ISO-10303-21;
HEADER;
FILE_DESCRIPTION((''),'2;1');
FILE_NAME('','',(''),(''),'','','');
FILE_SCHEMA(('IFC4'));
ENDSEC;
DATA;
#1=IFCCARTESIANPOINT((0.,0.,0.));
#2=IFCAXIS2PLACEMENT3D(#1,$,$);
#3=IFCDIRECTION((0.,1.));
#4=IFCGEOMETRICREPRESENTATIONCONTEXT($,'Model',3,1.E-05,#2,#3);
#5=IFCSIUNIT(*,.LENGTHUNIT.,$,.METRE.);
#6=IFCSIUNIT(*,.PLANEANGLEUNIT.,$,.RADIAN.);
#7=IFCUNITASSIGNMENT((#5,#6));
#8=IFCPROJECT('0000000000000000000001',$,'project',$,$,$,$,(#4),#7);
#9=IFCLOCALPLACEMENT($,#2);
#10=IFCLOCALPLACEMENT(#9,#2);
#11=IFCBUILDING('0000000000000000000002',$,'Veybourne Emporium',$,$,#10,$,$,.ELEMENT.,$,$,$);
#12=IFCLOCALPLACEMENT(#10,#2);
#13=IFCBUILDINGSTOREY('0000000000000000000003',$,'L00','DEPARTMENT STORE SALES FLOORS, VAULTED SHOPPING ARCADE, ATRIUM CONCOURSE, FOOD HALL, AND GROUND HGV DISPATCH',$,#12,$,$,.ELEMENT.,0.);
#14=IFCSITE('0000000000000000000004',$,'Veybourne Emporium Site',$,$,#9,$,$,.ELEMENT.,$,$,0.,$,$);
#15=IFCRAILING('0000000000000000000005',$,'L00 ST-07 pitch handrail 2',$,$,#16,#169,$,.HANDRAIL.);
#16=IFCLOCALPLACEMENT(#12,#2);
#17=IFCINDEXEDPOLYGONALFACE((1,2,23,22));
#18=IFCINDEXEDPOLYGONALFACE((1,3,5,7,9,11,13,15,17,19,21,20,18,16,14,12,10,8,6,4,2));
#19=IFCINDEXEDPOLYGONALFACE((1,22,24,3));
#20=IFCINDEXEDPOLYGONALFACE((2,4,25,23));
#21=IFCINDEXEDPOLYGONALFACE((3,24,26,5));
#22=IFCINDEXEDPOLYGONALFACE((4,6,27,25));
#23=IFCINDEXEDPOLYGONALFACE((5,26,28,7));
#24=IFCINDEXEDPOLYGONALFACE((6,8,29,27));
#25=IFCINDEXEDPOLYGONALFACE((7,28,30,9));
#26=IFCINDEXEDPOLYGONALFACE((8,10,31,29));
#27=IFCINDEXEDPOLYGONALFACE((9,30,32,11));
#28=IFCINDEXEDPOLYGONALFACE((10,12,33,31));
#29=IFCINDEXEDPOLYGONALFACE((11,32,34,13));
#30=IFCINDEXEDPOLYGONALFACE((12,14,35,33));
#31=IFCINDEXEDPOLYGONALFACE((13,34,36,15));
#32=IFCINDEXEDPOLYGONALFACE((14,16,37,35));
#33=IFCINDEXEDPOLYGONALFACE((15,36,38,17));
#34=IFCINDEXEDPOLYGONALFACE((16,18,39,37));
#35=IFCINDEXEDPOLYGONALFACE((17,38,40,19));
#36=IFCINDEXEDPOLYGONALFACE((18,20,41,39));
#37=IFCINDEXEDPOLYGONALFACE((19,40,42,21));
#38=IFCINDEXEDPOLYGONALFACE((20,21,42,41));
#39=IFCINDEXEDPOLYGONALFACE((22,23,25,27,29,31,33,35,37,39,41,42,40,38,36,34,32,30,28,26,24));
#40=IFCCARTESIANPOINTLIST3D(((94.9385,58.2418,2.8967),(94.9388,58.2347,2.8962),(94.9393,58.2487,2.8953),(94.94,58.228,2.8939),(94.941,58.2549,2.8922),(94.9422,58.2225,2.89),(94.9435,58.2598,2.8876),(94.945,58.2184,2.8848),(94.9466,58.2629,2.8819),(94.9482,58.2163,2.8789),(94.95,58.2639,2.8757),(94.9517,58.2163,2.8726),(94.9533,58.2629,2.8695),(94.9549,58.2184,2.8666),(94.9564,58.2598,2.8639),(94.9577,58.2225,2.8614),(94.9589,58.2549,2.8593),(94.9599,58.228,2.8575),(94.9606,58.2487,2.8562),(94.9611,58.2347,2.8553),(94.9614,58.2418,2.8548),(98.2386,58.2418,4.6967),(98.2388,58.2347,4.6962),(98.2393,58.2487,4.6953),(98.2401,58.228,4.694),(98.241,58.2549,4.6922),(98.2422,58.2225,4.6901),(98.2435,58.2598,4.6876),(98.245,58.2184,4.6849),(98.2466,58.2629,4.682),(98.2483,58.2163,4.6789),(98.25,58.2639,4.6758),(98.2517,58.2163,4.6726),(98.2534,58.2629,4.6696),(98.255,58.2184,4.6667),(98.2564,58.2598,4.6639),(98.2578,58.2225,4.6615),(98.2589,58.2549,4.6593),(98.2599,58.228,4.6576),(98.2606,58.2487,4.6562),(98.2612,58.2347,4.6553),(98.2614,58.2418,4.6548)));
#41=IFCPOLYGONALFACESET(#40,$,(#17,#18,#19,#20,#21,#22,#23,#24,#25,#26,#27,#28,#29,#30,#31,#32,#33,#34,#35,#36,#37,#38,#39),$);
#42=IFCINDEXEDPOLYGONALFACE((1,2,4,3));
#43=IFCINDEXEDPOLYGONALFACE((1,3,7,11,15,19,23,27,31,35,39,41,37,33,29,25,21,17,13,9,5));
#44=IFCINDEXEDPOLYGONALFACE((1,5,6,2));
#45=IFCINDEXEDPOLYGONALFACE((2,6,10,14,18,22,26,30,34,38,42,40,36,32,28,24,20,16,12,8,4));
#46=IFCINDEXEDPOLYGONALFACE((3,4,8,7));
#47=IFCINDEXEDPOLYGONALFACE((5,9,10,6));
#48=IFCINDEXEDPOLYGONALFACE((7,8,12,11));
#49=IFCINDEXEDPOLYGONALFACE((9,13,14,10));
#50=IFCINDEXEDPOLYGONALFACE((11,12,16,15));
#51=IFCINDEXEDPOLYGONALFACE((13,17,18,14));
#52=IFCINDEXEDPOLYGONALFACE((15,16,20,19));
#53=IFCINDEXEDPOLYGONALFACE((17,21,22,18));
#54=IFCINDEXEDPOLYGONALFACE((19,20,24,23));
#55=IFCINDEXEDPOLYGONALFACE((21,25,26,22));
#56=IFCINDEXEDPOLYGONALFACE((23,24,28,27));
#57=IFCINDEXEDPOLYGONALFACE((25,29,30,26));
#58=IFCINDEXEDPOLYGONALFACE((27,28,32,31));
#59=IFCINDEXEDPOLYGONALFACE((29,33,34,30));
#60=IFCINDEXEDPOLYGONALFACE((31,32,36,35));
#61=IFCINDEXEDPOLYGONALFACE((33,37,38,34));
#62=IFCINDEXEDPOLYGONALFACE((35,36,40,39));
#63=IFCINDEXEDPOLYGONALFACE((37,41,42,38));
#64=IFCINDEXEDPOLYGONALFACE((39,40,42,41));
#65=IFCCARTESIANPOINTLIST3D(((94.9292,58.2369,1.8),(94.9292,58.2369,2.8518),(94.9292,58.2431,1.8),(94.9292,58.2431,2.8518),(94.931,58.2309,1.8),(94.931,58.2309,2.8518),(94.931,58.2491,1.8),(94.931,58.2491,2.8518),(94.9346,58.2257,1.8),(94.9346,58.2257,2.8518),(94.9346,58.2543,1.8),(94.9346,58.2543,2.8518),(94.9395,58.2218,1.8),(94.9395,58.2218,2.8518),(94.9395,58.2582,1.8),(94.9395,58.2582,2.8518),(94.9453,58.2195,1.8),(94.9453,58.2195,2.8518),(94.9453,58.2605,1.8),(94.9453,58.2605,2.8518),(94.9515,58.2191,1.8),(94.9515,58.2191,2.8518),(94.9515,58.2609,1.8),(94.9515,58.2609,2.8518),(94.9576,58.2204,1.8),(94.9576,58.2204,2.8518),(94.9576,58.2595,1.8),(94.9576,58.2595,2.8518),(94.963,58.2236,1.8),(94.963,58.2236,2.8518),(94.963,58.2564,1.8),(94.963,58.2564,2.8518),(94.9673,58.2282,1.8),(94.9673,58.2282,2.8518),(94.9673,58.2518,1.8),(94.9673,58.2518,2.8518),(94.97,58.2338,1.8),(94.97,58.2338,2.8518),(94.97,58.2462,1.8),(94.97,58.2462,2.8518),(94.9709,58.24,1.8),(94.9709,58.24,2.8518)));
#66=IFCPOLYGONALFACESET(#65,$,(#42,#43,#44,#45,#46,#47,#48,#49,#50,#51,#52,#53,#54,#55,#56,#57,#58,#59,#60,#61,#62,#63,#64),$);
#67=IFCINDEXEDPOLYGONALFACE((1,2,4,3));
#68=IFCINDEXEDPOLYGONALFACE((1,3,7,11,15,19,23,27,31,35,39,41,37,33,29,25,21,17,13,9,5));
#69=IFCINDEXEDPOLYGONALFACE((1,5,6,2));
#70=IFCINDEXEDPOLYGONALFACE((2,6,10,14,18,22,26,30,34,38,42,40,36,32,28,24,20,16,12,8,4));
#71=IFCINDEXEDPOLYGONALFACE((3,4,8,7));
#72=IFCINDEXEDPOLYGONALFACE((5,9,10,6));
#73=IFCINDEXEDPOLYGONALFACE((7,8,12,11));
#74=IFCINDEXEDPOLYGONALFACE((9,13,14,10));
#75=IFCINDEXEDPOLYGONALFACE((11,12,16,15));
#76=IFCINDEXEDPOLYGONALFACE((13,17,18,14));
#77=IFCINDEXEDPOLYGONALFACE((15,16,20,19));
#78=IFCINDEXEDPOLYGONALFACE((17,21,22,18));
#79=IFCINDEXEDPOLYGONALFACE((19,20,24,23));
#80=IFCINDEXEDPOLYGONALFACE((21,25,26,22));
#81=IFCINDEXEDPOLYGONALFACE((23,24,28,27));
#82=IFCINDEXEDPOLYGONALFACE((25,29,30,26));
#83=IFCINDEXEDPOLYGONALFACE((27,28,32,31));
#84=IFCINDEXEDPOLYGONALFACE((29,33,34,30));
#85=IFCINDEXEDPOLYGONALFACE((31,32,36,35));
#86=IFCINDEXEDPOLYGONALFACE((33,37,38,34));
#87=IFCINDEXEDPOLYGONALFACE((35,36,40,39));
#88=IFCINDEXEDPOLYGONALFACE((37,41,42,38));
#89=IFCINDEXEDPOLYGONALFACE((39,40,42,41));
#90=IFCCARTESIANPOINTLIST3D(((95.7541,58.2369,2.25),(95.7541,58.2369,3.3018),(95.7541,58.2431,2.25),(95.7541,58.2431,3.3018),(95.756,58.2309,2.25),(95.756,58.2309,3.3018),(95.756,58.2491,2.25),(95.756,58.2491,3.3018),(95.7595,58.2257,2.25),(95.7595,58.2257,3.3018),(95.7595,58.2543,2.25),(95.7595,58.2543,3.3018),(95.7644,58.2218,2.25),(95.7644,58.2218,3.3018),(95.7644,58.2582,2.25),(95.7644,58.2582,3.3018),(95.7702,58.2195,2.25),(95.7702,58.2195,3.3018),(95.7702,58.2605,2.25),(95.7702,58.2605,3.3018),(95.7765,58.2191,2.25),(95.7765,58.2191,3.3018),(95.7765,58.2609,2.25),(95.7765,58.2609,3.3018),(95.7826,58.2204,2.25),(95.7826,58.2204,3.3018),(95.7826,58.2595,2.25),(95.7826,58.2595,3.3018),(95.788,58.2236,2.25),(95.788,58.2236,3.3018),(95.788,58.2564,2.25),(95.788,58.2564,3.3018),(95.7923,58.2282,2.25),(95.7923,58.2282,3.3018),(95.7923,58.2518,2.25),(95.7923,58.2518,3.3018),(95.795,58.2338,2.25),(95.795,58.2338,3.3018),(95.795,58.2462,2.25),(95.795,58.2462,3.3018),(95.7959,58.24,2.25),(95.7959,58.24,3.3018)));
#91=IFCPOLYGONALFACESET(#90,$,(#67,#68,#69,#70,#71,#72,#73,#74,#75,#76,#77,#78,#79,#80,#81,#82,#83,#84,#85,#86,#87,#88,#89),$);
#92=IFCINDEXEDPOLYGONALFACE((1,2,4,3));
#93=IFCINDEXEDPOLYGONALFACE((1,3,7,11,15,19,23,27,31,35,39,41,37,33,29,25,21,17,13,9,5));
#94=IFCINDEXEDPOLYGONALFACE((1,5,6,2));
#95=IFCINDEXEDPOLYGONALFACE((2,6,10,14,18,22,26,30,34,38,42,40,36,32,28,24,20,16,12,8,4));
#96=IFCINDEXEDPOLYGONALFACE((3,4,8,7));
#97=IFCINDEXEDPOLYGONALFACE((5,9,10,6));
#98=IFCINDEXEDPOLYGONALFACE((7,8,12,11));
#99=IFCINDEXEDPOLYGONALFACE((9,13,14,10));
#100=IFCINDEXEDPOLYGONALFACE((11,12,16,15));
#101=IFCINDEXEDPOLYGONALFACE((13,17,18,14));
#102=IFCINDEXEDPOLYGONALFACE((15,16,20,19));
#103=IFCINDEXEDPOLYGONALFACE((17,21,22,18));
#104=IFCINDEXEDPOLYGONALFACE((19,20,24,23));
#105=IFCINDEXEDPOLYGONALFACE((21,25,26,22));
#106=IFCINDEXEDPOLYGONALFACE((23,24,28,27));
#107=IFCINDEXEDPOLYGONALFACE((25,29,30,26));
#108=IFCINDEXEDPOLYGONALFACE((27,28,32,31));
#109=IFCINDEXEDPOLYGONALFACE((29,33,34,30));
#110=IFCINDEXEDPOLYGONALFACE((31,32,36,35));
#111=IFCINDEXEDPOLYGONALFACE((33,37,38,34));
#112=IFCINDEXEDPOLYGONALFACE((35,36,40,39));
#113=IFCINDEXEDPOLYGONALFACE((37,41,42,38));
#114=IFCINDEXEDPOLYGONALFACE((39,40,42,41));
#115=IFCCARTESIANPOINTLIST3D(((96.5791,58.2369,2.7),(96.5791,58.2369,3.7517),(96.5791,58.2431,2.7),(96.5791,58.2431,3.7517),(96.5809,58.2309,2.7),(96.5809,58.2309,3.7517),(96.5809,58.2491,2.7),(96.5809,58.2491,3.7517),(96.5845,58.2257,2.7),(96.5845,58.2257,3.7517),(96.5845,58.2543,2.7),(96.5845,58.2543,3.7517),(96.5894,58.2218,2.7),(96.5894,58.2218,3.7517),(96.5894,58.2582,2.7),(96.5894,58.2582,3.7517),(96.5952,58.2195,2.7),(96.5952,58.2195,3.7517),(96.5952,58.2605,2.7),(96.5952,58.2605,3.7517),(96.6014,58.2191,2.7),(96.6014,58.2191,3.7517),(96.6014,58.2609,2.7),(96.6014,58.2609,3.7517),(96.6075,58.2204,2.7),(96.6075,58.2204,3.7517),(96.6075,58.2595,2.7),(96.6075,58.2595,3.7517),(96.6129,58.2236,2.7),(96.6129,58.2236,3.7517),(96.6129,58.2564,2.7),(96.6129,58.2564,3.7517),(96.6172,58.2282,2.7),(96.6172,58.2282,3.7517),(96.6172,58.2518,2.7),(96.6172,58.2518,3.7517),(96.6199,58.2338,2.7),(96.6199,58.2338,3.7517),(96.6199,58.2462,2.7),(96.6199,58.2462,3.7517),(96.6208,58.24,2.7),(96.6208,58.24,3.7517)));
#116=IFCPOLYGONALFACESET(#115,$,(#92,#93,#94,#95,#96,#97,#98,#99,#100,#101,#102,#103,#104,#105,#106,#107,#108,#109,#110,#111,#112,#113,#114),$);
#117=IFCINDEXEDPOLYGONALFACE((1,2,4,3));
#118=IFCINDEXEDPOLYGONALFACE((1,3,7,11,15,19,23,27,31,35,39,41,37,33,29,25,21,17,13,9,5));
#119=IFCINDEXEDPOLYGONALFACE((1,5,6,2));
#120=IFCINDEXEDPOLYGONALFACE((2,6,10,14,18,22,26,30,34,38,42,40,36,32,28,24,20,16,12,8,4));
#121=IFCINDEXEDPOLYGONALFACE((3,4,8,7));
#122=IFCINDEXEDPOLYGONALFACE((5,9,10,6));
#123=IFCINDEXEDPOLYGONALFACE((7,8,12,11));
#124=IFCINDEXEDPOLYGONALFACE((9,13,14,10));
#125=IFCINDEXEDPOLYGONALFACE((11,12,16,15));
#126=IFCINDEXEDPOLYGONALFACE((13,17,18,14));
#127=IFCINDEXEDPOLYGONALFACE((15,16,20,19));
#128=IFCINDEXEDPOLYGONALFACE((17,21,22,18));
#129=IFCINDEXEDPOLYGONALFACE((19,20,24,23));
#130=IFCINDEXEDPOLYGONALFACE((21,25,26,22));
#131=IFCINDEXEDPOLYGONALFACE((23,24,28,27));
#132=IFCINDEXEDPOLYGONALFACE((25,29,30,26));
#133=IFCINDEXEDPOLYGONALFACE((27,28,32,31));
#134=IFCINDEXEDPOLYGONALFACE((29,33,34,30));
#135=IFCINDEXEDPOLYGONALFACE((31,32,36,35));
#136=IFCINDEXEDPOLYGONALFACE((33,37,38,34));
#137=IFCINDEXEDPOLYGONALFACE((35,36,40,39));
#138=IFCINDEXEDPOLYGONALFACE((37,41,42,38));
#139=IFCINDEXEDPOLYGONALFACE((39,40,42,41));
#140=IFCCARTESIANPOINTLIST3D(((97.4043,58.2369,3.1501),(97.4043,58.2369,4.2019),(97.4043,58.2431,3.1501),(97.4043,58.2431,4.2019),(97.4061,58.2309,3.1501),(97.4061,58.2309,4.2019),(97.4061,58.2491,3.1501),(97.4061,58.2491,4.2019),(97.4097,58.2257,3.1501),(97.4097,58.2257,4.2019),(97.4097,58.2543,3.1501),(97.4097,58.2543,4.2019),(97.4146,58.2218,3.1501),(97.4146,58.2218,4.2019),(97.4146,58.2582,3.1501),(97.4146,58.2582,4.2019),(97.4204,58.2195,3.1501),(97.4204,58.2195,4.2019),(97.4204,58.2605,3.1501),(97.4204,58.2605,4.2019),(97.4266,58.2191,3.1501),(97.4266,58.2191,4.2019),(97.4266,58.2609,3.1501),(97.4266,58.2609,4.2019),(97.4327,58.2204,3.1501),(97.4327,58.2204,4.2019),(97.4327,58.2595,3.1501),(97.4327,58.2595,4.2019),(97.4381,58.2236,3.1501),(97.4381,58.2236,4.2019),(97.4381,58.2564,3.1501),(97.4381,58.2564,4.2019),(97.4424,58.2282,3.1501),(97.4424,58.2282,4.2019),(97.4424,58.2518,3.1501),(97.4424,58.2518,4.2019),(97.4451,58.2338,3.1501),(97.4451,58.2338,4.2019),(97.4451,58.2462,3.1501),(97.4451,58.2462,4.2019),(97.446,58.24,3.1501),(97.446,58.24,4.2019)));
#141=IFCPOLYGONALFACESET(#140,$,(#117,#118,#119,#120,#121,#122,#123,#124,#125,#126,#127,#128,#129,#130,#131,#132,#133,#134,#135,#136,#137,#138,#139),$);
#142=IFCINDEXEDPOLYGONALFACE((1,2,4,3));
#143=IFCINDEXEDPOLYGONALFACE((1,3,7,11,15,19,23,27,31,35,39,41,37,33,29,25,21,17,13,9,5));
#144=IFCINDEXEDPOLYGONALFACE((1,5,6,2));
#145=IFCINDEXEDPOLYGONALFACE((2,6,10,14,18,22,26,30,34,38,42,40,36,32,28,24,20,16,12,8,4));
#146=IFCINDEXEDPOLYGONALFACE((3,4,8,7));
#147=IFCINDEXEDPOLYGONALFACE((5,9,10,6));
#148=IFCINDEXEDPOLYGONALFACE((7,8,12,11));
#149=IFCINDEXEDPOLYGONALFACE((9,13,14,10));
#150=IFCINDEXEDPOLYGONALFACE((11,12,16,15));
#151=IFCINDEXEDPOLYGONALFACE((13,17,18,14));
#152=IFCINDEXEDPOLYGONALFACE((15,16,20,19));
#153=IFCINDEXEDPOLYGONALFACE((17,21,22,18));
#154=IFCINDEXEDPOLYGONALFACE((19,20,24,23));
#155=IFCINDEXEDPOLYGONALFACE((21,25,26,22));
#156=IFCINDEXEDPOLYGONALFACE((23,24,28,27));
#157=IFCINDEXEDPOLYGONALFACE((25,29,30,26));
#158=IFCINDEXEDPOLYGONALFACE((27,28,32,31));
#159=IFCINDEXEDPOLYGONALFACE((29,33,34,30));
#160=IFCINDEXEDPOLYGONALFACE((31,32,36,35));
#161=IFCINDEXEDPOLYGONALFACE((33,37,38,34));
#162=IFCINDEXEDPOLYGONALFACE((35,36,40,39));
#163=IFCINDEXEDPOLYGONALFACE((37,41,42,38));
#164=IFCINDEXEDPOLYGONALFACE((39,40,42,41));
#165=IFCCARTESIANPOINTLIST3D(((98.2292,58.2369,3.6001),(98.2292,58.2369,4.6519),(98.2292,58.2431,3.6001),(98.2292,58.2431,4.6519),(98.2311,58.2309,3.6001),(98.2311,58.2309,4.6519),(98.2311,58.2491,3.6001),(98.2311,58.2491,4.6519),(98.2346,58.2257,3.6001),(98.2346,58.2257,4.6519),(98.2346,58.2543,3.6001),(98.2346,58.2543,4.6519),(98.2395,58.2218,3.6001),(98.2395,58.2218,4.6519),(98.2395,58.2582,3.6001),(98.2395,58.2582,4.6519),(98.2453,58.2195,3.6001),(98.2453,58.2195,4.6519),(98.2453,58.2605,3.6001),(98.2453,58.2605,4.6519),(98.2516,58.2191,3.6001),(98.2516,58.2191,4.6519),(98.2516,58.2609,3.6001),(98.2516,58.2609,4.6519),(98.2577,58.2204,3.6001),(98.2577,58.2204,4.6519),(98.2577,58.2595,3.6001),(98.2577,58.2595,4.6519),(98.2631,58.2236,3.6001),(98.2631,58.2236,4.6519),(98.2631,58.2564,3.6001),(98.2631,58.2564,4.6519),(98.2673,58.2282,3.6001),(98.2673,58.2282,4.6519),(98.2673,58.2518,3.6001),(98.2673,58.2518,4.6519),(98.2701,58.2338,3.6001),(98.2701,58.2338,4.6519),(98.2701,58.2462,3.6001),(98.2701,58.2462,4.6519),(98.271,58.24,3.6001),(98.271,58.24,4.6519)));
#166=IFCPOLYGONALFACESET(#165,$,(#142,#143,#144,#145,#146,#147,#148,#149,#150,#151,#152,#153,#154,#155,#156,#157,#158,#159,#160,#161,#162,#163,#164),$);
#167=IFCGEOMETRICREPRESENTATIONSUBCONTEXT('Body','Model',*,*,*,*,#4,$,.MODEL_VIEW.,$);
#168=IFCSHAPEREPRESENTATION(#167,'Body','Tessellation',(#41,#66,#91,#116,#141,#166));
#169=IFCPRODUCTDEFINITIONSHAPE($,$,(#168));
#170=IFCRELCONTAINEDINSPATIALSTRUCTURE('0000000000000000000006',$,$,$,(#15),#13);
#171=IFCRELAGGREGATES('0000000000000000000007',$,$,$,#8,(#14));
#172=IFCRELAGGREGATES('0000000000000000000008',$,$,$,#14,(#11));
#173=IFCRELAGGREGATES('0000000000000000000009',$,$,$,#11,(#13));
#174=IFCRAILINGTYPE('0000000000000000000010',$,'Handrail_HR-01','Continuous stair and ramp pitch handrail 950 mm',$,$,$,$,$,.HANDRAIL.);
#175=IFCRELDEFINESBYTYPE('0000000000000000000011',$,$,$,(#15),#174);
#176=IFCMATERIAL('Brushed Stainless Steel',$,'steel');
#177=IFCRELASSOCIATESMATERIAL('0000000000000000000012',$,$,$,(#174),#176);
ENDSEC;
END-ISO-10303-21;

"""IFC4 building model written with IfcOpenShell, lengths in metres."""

from ifc_helpers import new_model, si_unit, direction, frame, origin, origin_2d, place, context, subcontext, project, spatial, circle, extrude, material, type_object, element, save


model = new_model("IFC4")

# Units and contexts
model_context = context("Model", 3, precision=1e-05, world=origin(), true_north=direction((0.0, 1.0)))
body_context = subcontext(model_context, "Body", "Model", "MODEL_VIEW")
ifc_project = project(units=[si_unit("LENGTHUNIT", "METRE"), si_unit("PLANEANGLEUNIT", "RADIAN")], contexts=[model_context])

# Site, building, storey
site_placement = place(None, origin())
site = spatial("IfcSite", under=ifc_project, at=site_placement, Name="Veybourne Emporium Site", CompositionType="ELEMENT", RefElevation=0.0)
building_placement = place(site_placement, origin())
building = spatial("IfcBuilding", under=site, at=building_placement, Name="Veybourne Emporium", CompositionType="ELEMENT")
storey_placement = place(building_placement, origin())
storey = spatial("IfcBuildingStorey", under=building, at=storey_placement, Name="L00", Description="DEPARTMENT STORE SALES FLOORS, VAULTED SHOPPING ARCADE, ATRIUM CONCOURSE, FOOD HALL, AND GROUND HGV DISPATCH", CompositionType="ELEMENT", Elevation=0.0)

# Shared definitions
ifc_material_1 = material(Name="Brushed Stainless Steel", Category="steel")

# Railing
railing_type_1 = type_object("IfcRailingType", Name="Handrail_HR-01", Description="Continuous stair and ramp pitch handrail 950 mm", PredefinedType="HANDRAIL", material=ifc_material_1)
railing_1_placement = place(storey_placement, frame((94.95, 58.24, 1.95)))
element("IfcRailing", 1, at=railing_1_placement, inside=storey, type_object=railing_type_1, Name="L00 ST-07 pitch handrail 2", PredefinedType="HANDRAIL", context=body_context, shape_type="SweptSolid", body=[
    extrude(circle(Radius=0.0239, at=origin_2d()), frame((0.0, 0.0, 0.9258), z_axis=(0.877893, 0.0, 0.478857), x_axis=(0.0, 1.0, 0.0)), (0.0, 0.0, 1.0), 3.759),
    extrude(circle(Radius=0.021, at=origin_2d()), frame((0.0, 0.0, -0.1499)), (0.0, 0.0, 1.0), 1.0518),
    extrude(circle(Radius=0.021, at=origin_2d()), frame((0.825, 0.0, 0.3)), (0.0, 0.0, 1.0), 1.0518),
    extrude(circle(Radius=0.021, at=origin_2d()), frame((1.6499, 0.0, 0.75)), (0.0, 0.0, 1.0), 1.0518),
    extrude(circle(Radius=0.021, at=origin_2d()), frame((2.4751, 0.0, 1.2002)), (0.0, 0.0, 1.0), 1.0518),
    extrude(circle(Radius=0.021, at=origin_2d()), frame((3.3, 0.0, 1.6501)), (0.0, 0.0, 1.0), 1.0518),
])

save(model, "model.ifc")
